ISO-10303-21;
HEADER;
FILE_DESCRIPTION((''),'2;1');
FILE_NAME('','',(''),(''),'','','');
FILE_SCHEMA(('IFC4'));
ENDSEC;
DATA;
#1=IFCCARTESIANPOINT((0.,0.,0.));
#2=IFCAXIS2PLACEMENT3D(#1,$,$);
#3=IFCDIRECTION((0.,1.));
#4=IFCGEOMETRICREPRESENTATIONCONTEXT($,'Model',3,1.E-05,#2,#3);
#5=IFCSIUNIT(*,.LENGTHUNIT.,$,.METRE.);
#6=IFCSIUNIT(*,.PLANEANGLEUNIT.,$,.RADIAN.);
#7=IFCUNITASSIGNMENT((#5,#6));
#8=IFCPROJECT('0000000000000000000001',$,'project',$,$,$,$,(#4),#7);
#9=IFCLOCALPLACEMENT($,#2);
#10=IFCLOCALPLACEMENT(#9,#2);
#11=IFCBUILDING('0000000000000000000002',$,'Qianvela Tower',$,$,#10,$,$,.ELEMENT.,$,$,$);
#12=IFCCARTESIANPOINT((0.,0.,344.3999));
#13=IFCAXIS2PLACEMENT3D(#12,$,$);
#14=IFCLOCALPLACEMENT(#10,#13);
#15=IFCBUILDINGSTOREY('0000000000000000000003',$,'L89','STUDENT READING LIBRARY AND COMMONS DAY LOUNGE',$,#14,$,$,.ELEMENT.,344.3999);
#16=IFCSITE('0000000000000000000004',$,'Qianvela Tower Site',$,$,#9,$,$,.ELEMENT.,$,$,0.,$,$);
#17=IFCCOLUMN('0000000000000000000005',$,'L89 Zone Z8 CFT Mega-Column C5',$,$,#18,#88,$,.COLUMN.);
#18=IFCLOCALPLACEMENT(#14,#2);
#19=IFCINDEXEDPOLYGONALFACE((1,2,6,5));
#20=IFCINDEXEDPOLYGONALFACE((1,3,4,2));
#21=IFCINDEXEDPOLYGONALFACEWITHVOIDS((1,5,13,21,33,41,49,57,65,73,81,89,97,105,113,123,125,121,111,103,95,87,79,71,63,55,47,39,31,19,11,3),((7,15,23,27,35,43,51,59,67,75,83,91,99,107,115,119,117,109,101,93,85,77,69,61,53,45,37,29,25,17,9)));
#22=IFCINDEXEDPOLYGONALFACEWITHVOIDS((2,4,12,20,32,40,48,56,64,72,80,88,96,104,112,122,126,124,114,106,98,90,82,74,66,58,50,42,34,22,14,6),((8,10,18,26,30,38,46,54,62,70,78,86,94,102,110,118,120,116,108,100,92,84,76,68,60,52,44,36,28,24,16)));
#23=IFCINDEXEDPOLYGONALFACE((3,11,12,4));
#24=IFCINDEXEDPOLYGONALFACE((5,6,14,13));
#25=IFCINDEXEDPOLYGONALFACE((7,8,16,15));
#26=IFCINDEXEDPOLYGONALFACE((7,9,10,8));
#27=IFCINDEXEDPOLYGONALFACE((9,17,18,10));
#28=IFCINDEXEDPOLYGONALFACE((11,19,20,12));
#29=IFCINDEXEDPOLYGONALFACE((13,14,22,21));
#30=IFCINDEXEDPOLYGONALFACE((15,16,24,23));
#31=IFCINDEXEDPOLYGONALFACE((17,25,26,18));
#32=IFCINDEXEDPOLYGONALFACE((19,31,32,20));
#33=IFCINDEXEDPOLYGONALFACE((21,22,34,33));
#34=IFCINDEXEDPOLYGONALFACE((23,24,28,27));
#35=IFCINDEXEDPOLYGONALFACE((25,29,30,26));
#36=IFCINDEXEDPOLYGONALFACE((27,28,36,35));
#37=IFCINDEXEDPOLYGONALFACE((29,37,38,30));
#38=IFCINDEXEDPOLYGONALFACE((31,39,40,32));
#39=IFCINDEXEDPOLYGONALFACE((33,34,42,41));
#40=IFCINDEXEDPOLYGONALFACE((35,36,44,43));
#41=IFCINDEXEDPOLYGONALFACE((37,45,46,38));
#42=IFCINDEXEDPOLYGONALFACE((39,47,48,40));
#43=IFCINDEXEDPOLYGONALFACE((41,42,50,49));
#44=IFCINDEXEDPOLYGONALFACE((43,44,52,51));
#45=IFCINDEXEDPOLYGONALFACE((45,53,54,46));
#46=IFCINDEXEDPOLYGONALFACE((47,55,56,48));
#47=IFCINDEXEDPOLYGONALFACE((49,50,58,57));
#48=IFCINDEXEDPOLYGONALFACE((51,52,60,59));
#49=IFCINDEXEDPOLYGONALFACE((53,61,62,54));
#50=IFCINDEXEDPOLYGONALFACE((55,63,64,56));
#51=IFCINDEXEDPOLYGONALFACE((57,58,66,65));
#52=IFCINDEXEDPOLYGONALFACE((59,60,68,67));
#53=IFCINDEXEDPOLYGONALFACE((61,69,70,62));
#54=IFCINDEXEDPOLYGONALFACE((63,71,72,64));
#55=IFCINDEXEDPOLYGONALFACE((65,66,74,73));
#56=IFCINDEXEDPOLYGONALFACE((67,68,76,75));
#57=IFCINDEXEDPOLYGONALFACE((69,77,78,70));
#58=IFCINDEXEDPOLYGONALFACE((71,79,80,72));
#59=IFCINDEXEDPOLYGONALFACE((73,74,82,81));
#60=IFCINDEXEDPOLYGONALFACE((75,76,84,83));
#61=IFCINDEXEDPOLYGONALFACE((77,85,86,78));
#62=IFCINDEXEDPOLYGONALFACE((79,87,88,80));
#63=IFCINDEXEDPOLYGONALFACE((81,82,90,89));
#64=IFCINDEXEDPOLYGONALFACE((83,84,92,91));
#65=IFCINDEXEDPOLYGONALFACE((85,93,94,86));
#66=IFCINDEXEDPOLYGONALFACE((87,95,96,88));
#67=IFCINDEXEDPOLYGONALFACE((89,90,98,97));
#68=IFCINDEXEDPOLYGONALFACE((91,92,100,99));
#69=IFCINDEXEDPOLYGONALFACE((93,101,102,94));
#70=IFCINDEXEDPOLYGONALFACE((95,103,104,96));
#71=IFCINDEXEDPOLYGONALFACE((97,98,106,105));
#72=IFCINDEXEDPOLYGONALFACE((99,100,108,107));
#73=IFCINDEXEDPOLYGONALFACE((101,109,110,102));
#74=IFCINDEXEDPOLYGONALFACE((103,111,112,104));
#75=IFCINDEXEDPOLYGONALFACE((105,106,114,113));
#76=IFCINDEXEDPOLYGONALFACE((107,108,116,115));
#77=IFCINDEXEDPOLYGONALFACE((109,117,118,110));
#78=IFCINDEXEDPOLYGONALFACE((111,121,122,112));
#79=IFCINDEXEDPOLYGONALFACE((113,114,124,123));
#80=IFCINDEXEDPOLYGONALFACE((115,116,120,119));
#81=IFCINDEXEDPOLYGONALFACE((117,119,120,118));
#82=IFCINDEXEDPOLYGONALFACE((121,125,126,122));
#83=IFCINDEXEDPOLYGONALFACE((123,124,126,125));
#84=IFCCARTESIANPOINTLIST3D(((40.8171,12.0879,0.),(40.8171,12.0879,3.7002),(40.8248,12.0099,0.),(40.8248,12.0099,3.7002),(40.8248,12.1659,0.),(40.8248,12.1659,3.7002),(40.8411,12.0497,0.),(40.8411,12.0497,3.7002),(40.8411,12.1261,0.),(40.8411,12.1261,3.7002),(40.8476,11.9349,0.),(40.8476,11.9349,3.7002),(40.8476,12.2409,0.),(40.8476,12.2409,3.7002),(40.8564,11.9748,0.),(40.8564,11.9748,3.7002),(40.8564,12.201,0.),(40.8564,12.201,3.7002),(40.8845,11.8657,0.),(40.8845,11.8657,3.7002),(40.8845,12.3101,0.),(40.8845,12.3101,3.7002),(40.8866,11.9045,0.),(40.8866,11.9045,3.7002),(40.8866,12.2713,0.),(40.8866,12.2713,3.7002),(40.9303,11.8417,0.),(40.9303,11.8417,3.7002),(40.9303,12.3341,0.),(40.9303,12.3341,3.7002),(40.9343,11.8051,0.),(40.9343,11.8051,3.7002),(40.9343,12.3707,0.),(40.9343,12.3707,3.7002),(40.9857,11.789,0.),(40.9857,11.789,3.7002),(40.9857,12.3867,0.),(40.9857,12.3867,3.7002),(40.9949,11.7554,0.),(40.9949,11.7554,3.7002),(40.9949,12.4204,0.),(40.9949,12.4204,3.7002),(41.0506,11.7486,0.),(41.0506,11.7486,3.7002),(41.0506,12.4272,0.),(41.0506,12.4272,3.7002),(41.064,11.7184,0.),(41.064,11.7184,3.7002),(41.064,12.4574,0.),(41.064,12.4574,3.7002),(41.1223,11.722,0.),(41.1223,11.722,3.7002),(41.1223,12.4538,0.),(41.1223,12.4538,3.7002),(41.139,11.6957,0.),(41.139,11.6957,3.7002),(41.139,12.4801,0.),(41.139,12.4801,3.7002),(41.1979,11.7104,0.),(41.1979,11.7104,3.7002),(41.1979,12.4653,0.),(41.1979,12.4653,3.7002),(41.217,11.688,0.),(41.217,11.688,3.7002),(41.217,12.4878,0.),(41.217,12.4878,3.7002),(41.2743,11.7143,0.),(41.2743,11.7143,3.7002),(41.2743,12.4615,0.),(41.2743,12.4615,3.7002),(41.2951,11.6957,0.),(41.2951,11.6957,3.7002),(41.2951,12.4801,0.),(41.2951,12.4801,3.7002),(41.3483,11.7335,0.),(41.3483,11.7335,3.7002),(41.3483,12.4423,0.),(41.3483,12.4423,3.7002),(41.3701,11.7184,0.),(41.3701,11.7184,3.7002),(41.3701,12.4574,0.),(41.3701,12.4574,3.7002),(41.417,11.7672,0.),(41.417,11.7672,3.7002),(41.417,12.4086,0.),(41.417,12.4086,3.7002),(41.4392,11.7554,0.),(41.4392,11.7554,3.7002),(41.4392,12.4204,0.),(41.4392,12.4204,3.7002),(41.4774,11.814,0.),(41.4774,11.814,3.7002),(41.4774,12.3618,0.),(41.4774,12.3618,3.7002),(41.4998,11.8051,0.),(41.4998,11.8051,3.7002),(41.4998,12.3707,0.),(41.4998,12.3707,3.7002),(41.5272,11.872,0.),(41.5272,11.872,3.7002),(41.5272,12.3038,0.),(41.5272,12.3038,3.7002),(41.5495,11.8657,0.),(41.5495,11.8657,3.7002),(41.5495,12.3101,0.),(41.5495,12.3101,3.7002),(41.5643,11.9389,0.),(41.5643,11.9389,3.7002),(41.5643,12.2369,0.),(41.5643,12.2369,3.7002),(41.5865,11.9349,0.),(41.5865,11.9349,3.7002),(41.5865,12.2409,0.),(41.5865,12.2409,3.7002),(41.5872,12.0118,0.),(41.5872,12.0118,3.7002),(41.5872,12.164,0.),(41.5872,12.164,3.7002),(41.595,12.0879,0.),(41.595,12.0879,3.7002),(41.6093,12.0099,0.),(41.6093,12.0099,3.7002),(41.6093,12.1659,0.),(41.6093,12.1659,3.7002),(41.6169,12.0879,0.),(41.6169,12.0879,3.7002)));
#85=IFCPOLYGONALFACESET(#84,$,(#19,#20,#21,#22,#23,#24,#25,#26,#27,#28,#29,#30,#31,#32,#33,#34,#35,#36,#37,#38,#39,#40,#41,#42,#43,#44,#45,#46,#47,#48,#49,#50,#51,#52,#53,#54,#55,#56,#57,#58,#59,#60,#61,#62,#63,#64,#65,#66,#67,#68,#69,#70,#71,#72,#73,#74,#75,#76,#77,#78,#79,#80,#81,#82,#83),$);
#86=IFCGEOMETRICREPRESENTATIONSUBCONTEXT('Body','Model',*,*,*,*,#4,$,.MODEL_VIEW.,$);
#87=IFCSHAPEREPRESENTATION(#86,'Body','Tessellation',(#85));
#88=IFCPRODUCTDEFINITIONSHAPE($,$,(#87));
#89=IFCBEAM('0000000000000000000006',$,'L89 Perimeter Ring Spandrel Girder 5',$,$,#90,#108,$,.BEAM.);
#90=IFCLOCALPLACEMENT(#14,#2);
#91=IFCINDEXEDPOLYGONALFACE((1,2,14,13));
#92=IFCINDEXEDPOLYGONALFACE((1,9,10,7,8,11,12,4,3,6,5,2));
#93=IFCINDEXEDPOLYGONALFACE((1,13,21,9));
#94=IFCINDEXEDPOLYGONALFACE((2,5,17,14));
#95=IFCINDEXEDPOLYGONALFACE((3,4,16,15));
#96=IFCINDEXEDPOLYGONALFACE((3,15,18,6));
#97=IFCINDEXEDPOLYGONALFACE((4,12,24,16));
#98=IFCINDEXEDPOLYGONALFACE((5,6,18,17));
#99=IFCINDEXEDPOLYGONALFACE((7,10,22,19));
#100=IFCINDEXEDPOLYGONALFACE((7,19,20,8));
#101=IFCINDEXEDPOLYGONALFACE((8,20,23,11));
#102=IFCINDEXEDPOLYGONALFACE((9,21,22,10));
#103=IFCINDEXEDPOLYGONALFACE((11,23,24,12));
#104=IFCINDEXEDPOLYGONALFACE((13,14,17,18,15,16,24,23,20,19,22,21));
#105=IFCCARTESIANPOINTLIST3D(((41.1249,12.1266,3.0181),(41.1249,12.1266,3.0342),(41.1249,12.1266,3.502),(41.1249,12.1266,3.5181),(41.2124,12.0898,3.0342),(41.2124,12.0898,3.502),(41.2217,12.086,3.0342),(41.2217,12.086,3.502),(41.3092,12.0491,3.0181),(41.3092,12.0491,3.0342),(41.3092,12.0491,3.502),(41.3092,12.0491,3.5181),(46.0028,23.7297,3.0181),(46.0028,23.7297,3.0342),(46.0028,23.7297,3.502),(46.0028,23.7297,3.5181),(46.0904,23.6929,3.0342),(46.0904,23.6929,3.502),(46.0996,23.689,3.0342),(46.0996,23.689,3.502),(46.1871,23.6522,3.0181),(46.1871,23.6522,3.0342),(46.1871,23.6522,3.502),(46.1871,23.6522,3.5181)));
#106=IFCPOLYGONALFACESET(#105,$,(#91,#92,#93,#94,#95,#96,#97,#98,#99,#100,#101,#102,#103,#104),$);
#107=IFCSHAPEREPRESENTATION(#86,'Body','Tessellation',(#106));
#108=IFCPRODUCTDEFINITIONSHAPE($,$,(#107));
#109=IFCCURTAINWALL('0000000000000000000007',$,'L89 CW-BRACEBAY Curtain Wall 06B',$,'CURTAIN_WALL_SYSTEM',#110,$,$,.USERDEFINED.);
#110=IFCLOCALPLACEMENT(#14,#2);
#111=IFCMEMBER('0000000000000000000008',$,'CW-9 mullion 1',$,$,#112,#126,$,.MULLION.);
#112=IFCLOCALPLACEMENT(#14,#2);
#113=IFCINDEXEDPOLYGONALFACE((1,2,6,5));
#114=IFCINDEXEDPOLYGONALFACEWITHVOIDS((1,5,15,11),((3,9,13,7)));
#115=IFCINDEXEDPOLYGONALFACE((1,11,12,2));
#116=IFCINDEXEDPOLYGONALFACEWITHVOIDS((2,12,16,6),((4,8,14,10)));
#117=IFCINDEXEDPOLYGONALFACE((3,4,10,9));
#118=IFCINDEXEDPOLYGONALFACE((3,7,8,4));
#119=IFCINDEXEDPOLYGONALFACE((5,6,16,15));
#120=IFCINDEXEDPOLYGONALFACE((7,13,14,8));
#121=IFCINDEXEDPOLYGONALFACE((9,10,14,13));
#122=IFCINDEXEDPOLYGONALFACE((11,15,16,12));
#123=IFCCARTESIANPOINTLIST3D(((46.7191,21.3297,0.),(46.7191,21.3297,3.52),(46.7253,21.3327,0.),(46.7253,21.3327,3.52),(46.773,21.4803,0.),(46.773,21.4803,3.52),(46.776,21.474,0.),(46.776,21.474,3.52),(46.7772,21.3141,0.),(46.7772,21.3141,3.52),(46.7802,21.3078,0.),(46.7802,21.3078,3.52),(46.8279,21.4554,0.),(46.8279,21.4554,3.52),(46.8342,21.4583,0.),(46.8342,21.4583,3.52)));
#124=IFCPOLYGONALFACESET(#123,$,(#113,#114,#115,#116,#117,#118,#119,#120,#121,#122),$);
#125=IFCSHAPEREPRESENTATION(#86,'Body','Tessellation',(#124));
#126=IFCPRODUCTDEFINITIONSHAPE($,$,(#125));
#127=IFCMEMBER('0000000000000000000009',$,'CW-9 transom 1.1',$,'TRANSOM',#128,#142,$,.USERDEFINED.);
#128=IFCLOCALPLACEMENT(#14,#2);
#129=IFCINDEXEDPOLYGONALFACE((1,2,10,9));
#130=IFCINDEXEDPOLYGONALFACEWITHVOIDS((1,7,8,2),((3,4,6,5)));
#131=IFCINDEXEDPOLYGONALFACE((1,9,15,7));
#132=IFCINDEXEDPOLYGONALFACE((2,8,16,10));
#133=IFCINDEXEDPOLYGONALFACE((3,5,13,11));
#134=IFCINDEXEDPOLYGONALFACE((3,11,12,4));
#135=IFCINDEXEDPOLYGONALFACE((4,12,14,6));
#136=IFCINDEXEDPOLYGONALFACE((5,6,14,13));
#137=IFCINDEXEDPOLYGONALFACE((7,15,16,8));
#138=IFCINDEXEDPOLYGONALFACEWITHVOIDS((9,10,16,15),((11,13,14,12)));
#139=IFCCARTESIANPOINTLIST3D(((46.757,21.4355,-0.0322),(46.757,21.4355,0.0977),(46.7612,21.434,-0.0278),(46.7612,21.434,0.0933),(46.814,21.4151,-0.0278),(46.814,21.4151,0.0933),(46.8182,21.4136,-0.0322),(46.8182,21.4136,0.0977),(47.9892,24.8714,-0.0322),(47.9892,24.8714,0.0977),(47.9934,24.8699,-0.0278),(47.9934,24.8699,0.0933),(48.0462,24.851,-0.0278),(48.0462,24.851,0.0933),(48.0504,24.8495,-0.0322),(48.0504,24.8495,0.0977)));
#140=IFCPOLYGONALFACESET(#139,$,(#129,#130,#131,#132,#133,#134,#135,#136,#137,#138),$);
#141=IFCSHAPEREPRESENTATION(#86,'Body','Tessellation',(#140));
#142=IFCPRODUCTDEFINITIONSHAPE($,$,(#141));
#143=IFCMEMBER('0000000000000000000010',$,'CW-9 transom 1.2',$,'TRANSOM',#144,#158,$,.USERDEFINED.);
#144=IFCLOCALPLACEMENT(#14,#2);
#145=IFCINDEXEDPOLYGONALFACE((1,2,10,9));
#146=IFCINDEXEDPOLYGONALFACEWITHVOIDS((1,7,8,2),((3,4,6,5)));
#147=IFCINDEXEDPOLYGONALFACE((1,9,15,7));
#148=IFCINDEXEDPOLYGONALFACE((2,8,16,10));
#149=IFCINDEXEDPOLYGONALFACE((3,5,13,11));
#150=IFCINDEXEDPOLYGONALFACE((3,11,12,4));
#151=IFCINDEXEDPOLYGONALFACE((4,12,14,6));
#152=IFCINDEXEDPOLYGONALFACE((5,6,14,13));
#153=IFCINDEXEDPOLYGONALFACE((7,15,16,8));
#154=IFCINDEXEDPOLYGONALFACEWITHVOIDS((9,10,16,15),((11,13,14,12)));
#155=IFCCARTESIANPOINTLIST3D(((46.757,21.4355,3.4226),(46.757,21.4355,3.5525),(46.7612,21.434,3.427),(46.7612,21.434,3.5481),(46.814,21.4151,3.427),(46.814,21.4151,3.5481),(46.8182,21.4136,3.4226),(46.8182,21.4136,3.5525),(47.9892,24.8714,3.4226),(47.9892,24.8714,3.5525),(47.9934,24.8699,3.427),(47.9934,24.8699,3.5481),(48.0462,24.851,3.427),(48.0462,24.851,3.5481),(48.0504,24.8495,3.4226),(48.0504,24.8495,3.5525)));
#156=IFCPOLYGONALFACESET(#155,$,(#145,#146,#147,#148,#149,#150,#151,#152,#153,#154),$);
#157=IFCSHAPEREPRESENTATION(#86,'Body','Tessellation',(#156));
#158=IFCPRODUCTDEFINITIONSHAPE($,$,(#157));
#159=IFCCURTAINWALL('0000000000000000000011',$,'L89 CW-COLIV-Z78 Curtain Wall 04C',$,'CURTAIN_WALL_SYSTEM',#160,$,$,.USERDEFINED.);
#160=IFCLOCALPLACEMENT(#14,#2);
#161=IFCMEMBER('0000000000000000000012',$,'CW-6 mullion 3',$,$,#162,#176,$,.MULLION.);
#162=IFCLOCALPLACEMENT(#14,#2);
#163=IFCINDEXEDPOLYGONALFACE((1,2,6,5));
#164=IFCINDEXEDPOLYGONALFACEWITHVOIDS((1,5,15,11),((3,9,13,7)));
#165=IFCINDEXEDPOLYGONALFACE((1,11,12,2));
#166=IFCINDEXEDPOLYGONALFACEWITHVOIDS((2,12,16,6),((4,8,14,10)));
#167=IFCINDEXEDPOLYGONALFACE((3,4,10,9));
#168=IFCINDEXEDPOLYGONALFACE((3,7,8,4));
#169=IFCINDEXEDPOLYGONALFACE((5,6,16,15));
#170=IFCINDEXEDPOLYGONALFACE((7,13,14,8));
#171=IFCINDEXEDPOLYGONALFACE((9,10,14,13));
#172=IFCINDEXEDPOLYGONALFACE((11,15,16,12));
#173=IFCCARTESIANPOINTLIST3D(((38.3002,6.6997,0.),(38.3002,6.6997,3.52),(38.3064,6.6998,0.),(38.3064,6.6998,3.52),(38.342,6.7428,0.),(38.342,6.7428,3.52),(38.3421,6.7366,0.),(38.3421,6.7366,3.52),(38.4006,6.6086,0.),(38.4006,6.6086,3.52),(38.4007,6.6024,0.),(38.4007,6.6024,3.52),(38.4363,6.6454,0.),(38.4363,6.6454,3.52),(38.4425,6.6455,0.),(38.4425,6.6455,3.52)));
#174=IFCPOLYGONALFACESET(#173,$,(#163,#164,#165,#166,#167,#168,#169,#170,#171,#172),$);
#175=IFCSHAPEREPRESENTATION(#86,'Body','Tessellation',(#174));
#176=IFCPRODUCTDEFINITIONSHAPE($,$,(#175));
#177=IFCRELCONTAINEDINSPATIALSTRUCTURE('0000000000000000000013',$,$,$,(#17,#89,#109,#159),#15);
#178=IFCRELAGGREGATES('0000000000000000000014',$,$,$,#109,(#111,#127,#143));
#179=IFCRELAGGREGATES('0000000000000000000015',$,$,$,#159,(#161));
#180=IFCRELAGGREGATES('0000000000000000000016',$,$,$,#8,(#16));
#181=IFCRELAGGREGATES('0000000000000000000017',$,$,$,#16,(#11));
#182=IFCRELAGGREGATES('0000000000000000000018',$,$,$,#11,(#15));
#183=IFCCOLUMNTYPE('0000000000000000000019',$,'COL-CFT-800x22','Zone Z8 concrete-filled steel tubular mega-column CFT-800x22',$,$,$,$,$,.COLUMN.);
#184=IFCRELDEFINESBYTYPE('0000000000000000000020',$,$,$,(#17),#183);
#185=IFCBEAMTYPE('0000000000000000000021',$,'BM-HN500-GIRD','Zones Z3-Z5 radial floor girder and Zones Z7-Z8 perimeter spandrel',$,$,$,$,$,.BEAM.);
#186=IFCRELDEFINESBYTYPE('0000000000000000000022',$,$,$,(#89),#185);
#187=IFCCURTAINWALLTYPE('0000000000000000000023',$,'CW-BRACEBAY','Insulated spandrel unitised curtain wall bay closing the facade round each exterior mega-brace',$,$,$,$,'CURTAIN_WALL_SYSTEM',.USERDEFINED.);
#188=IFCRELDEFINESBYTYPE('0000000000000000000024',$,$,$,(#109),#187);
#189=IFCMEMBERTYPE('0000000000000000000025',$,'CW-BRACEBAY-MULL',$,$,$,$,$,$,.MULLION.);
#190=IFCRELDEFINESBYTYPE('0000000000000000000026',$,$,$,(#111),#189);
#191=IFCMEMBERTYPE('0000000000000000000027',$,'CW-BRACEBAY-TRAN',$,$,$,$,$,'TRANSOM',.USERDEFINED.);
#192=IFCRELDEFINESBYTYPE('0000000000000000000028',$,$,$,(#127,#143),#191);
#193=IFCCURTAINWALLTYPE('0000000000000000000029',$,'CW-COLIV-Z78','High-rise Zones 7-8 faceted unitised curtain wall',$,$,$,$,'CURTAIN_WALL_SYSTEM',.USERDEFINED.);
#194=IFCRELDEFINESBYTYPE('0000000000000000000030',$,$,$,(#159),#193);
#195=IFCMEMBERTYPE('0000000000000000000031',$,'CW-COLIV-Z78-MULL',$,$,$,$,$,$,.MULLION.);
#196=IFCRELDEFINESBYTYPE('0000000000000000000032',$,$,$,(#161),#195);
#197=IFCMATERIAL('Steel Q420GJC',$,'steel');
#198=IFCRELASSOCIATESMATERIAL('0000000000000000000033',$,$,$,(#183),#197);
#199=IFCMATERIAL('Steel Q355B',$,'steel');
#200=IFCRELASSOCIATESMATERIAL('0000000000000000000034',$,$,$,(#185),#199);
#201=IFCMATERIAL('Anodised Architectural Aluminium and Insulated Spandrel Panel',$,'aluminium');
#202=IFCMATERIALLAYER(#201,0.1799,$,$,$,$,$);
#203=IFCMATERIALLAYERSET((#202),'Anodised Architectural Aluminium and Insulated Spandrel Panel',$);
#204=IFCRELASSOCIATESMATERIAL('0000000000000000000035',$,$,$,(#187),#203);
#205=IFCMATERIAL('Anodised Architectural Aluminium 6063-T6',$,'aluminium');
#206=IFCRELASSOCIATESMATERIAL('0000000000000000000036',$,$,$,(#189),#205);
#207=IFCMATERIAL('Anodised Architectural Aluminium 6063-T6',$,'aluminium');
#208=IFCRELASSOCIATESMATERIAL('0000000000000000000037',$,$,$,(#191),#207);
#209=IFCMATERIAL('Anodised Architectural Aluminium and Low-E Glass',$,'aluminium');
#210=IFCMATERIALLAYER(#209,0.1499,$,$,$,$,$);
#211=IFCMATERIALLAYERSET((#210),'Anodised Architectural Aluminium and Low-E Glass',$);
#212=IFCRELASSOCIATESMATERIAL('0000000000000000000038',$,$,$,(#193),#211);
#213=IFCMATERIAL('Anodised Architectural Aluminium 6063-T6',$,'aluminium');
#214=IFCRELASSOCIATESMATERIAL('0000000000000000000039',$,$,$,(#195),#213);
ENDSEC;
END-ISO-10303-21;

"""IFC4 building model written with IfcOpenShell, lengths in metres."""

from ifc_helpers import new_model, si_unit, direction, frame, origin, origin_2d, place, context, subcontext, project, spatial, hollow_rectangle, hollow_circle, i_section, extrude, material, layer, layer_set, material_profile, profile_set, type_object, element, aggregate, save


model = new_model("IFC4")

# Units and contexts
model_context = context("Model", 3, precision=1e-05, world=origin(), true_north=direction((0.0, 1.0)))
body_context = subcontext(model_context, "Body", "Model", "MODEL_VIEW")
ifc_project = project(units=[si_unit("LENGTHUNIT", "METRE"), si_unit("PLANEANGLEUNIT", "RADIAN")], contexts=[model_context])

# Site, building, storey
site_placement = place(None, origin())
site = spatial("IfcSite", under=ifc_project, at=site_placement, Name="Qianvela Tower Site", CompositionType="ELEMENT", RefElevation=0.0)
building_placement = place(site_placement, origin())
building = spatial("IfcBuilding", under=site, at=building_placement, Name="Qianvela Tower", CompositionType="ELEMENT")
storey_placement = place(building_placement, frame((0.0, 0.0, 344.3999)))
storey = spatial("IfcBuildingStorey", under=building, at=storey_placement, Name="L89", Description="STUDENT READING LIBRARY AND COMMONS DAY LOUNGE", CompositionType="ELEMENT", Elevation=344.3999)

# Column
ifc_material_1 = material(Name="Steel Q420GJC", Category="steel")
ifc_material_profile_1 = material_profile(ifc_material_1, hollow_circle(Radius=0.3999, WallThickness=0.022, at=origin_2d()), Name="CFT-800x22")
ifc_profile_set_1 = profile_set([ifc_material_profile_1], Name="Steel Q420GJC")
column_type = type_object("IfcColumnType", Name="COL-CFT-800x22", Description="Zone Z8 concrete-filled steel tubular mega-column CFT-800x22", PredefinedType="COLUMN", material=ifc_profile_set_1)
column_placement = place(storey_placement, frame((41.217, 12.0879, 0.0), z_axis=(0.0, 0.0, 1.0), x_axis=(1.0, 0.0, 0.0)))
element("IfcColumn", 1, at=column_placement, inside=storey, type_object=column_type, Name="L89 Zone Z8 CFT Mega-Column C5", PredefinedType="COLUMN", context=body_context, shape_type="SweptSolid", body=[
    extrude(hollow_circle(Radius=0.3999, WallThickness=0.022, at=origin_2d()), origin(), (0.0, 0.0, 1.0), 3.7002),
])

# Beam
ifc_material_2 = material(Name="Steel Q355B", Category="steel")
ifc_material_profile_2 = material_profile(ifc_material_2, i_section(OverallWidth=0.2, OverallDepth=0.5, WebThickness=0.01, FlangeThickness=0.0161, at=origin_2d()), Name="HN500x200x10x16")
ifc_profile_set_2 = profile_set([ifc_material_profile_2], Name="Steel Q355B")
beam_type = type_object("IfcBeamType", Name="BM-HN500-GIRD", Description="Zones Z3-Z5 radial floor girder and Zones Z7-Z8 perimeter spandrel", PredefinedType="BEAM", material=ifc_profile_set_2)
beam_placement = place(storey_placement, frame((41.217, 12.0879, 3.2681), z_axis=(0.387547, 0.92185, 0.0), x_axis=(-0.92185, 0.387547, 0.0)))
element("IfcBeam", 2, at=beam_placement, inside=storey, type_object=beam_type, Name="L89 Perimeter Ring Spandrel Girder 5", PredefinedType="BEAM", context=body_context, shape_type="SweptSolid", body=[
    extrude(i_section(OverallWidth=0.2, OverallDepth=0.5, WebThickness=0.01, FlangeThickness=0.0161, at=origin_2d()), origin(), (0.0, 0.0, 1.0), 12.5867),
])

# Curtain wall, members
ifc_material_3 = material(Name="Anodised Architectural Aluminium and Insulated Spandrel Panel", Category="aluminium")
ifc_layer_1 = layer(ifc_material_3, 0.1799)
ifc_layer_set_1 = layer_set([ifc_layer_1], Name="Anodised Architectural Aluminium and Insulated Spandrel Panel")
curtain_wall_type_1 = type_object("IfcCurtainWallType", Name="CW-BRACEBAY", Description="Insulated spandrel unitised curtain wall bay closing the facade round each exterior mega-brace", ElementType="CURTAIN_WALL_SYSTEM", PredefinedType="USERDEFINED", material=ifc_layer_set_1)
curtain_wall_1_placement = place(storey_placement, origin())
curtain_wall_1 = element("IfcCurtainWall", 3, at=curtain_wall_1_placement, inside=storey, type_object=curtain_wall_type_1, Name="L89 CW-BRACEBAY Curtain Wall 06B", ObjectType="CURTAIN_WALL_SYSTEM", PredefinedType="USERDEFINED")
ifc_material_4 = material(Name="Anodised Architectural Aluminium 6063-T6", Category="aluminium")
ifc_material_profile_3 = material_profile(ifc_material_4, hollow_rectangle(XDim=0.0649, YDim=0.1599, WallThickness=0.0049, at=origin_2d()), Name="ALU-MULL-65x160")
ifc_profile_set_3 = profile_set([ifc_material_profile_3], Name="Anodised Architectural Aluminium 6063-T6")
member_type_1 = type_object("IfcMemberType", Name="CW-BRACEBAY-MULL", PredefinedType="MULLION", material=ifc_profile_set_3)
member_1_placement = place(storey_placement, frame((46.7766, 21.394, 0.0), z_axis=(0.0, 0.0, 1.0), x_axis=(-0.941313, 0.337536, 0.0)))
member_1 = element("IfcMember", 4, at=member_1_placement, type_object=member_type_1, Name="CW-9 mullion 1", PredefinedType="MULLION", context=body_context, shape_type="SweptSolid", body=[
    extrude(hollow_rectangle(XDim=0.0649, YDim=0.1599, WallThickness=0.0049, at=origin_2d()), origin(), (0.0, 0.0, 1.0), 3.52),
])
ifc_material_5 = material(Name="Anodised Architectural Aluminium 6063-T6", Category="aluminium")
ifc_material_profile_4 = material_profile(ifc_material_5, hollow_rectangle(XDim=0.0649, YDim=0.1299, WallThickness=0.0044, at=origin_2d()), Name="ALU-TRAN-65x130")
ifc_profile_set_4 = profile_set([ifc_material_profile_4], Name="Anodised Architectural Aluminium 6063-T6")
member_type_2 = type_object("IfcMemberType", Name="CW-BRACEBAY-TRAN", ElementType="TRANSOM", PredefinedType="USERDEFINED", material=ifc_profile_set_4)
member_2_placement = place(storey_placement, frame((46.7876, 21.4246, 0.0327), z_axis=(0.337578, 0.941298, 0.0), x_axis=(-0.941298, 0.337578, 0.0)))
member_2 = element("IfcMember", 5, at=member_2_placement, type_object=member_type_2, Name="CW-9 transom 1.1", ObjectType="TRANSOM", PredefinedType="USERDEFINED", context=body_context, shape_type="SweptSolid", body=[
    extrude(hollow_rectangle(XDim=0.0649, YDim=0.1299, WallThickness=0.0044, at=origin_2d()), origin(), (0.0, 0.0, 1.0), 3.6501),
])
member_3_placement = place(storey_placement, frame((46.7876, 21.4246, 3.4875), z_axis=(0.337578, 0.941298, 0.0), x_axis=(-0.941298, 0.337578, 0.0)))
member_3 = element("IfcMember", 6, at=member_3_placement, type_object=member_type_2, Name="CW-9 transom 1.2", ObjectType="TRANSOM", PredefinedType="USERDEFINED", context=body_context, shape_type="SweptSolid", body=[
    extrude(hollow_rectangle(XDim=0.0649, YDim=0.1299, WallThickness=0.0044, at=origin_2d()), origin(), (0.0, 0.0, 1.0), 3.6501),
])
aggregate(curtain_wall_1, [member_1, member_2, member_3])

# Curtain wall, member
ifc_material_6 = material(Name="Anodised Architectural Aluminium and Low-E Glass", Category="aluminium")
ifc_layer_2 = layer(ifc_material_6, 0.1499)
ifc_layer_set_2 = layer_set([ifc_layer_2], Name="Anodised Architectural Aluminium and Low-E Glass")
curtain_wall_type_2 = type_object("IfcCurtainWallType", Name="CW-COLIV-Z78", Description="High-rise Zones 7-8 faceted unitised curtain wall", ElementType="CURTAIN_WALL_SYSTEM", PredefinedType="USERDEFINED", material=ifc_layer_set_2)
curtain_wall_2_placement = place(storey_placement, origin())
curtain_wall_2 = element("IfcCurtainWall", 7, at=curtain_wall_2_placement, inside=storey, type_object=curtain_wall_type_2, Name="L89 CW-COLIV-Z78 Curtain Wall 04C", ObjectType="CURTAIN_WALL_SYSTEM", PredefinedType="USERDEFINED")
ifc_material_7 = material(Name="Anodised Architectural Aluminium 6063-T6", Category="aluminium")
ifc_material_profile_5 = material_profile(ifc_material_7, hollow_rectangle(XDim=0.0601, YDim=0.1399, WallThickness=0.0044, at=origin_2d()), Name="ALU-MULL-60x140")
ifc_profile_set_5 = profile_set([ifc_material_profile_5], Name="Anodised Architectural Aluminium 6063-T6")
member_type_3 = type_object("IfcMemberType", Name="CW-COLIV-Z78-MULL", PredefinedType="MULLION", material=ifc_profile_set_5)
member_4_placement = place(storey_placement, frame((38.3713, 6.6726, 0.0), z_axis=(0.0, 0.0, 1.0), x_axis=(0.695659, 0.718372, 0.0)))
member_4 = element("IfcMember", 8, at=member_4_placement, type_object=member_type_3, Name="CW-6 mullion 3", PredefinedType="MULLION", context=body_context, shape_type="SweptSolid", body=[
    extrude(hollow_rectangle(XDim=0.0601, YDim=0.1399, WallThickness=0.0044, at=origin_2d()), origin(), (0.0, 0.0, 1.0), 3.52),
])

aggregate(curtain_wall_2, [member_4])

save(model, "model.ifc")
